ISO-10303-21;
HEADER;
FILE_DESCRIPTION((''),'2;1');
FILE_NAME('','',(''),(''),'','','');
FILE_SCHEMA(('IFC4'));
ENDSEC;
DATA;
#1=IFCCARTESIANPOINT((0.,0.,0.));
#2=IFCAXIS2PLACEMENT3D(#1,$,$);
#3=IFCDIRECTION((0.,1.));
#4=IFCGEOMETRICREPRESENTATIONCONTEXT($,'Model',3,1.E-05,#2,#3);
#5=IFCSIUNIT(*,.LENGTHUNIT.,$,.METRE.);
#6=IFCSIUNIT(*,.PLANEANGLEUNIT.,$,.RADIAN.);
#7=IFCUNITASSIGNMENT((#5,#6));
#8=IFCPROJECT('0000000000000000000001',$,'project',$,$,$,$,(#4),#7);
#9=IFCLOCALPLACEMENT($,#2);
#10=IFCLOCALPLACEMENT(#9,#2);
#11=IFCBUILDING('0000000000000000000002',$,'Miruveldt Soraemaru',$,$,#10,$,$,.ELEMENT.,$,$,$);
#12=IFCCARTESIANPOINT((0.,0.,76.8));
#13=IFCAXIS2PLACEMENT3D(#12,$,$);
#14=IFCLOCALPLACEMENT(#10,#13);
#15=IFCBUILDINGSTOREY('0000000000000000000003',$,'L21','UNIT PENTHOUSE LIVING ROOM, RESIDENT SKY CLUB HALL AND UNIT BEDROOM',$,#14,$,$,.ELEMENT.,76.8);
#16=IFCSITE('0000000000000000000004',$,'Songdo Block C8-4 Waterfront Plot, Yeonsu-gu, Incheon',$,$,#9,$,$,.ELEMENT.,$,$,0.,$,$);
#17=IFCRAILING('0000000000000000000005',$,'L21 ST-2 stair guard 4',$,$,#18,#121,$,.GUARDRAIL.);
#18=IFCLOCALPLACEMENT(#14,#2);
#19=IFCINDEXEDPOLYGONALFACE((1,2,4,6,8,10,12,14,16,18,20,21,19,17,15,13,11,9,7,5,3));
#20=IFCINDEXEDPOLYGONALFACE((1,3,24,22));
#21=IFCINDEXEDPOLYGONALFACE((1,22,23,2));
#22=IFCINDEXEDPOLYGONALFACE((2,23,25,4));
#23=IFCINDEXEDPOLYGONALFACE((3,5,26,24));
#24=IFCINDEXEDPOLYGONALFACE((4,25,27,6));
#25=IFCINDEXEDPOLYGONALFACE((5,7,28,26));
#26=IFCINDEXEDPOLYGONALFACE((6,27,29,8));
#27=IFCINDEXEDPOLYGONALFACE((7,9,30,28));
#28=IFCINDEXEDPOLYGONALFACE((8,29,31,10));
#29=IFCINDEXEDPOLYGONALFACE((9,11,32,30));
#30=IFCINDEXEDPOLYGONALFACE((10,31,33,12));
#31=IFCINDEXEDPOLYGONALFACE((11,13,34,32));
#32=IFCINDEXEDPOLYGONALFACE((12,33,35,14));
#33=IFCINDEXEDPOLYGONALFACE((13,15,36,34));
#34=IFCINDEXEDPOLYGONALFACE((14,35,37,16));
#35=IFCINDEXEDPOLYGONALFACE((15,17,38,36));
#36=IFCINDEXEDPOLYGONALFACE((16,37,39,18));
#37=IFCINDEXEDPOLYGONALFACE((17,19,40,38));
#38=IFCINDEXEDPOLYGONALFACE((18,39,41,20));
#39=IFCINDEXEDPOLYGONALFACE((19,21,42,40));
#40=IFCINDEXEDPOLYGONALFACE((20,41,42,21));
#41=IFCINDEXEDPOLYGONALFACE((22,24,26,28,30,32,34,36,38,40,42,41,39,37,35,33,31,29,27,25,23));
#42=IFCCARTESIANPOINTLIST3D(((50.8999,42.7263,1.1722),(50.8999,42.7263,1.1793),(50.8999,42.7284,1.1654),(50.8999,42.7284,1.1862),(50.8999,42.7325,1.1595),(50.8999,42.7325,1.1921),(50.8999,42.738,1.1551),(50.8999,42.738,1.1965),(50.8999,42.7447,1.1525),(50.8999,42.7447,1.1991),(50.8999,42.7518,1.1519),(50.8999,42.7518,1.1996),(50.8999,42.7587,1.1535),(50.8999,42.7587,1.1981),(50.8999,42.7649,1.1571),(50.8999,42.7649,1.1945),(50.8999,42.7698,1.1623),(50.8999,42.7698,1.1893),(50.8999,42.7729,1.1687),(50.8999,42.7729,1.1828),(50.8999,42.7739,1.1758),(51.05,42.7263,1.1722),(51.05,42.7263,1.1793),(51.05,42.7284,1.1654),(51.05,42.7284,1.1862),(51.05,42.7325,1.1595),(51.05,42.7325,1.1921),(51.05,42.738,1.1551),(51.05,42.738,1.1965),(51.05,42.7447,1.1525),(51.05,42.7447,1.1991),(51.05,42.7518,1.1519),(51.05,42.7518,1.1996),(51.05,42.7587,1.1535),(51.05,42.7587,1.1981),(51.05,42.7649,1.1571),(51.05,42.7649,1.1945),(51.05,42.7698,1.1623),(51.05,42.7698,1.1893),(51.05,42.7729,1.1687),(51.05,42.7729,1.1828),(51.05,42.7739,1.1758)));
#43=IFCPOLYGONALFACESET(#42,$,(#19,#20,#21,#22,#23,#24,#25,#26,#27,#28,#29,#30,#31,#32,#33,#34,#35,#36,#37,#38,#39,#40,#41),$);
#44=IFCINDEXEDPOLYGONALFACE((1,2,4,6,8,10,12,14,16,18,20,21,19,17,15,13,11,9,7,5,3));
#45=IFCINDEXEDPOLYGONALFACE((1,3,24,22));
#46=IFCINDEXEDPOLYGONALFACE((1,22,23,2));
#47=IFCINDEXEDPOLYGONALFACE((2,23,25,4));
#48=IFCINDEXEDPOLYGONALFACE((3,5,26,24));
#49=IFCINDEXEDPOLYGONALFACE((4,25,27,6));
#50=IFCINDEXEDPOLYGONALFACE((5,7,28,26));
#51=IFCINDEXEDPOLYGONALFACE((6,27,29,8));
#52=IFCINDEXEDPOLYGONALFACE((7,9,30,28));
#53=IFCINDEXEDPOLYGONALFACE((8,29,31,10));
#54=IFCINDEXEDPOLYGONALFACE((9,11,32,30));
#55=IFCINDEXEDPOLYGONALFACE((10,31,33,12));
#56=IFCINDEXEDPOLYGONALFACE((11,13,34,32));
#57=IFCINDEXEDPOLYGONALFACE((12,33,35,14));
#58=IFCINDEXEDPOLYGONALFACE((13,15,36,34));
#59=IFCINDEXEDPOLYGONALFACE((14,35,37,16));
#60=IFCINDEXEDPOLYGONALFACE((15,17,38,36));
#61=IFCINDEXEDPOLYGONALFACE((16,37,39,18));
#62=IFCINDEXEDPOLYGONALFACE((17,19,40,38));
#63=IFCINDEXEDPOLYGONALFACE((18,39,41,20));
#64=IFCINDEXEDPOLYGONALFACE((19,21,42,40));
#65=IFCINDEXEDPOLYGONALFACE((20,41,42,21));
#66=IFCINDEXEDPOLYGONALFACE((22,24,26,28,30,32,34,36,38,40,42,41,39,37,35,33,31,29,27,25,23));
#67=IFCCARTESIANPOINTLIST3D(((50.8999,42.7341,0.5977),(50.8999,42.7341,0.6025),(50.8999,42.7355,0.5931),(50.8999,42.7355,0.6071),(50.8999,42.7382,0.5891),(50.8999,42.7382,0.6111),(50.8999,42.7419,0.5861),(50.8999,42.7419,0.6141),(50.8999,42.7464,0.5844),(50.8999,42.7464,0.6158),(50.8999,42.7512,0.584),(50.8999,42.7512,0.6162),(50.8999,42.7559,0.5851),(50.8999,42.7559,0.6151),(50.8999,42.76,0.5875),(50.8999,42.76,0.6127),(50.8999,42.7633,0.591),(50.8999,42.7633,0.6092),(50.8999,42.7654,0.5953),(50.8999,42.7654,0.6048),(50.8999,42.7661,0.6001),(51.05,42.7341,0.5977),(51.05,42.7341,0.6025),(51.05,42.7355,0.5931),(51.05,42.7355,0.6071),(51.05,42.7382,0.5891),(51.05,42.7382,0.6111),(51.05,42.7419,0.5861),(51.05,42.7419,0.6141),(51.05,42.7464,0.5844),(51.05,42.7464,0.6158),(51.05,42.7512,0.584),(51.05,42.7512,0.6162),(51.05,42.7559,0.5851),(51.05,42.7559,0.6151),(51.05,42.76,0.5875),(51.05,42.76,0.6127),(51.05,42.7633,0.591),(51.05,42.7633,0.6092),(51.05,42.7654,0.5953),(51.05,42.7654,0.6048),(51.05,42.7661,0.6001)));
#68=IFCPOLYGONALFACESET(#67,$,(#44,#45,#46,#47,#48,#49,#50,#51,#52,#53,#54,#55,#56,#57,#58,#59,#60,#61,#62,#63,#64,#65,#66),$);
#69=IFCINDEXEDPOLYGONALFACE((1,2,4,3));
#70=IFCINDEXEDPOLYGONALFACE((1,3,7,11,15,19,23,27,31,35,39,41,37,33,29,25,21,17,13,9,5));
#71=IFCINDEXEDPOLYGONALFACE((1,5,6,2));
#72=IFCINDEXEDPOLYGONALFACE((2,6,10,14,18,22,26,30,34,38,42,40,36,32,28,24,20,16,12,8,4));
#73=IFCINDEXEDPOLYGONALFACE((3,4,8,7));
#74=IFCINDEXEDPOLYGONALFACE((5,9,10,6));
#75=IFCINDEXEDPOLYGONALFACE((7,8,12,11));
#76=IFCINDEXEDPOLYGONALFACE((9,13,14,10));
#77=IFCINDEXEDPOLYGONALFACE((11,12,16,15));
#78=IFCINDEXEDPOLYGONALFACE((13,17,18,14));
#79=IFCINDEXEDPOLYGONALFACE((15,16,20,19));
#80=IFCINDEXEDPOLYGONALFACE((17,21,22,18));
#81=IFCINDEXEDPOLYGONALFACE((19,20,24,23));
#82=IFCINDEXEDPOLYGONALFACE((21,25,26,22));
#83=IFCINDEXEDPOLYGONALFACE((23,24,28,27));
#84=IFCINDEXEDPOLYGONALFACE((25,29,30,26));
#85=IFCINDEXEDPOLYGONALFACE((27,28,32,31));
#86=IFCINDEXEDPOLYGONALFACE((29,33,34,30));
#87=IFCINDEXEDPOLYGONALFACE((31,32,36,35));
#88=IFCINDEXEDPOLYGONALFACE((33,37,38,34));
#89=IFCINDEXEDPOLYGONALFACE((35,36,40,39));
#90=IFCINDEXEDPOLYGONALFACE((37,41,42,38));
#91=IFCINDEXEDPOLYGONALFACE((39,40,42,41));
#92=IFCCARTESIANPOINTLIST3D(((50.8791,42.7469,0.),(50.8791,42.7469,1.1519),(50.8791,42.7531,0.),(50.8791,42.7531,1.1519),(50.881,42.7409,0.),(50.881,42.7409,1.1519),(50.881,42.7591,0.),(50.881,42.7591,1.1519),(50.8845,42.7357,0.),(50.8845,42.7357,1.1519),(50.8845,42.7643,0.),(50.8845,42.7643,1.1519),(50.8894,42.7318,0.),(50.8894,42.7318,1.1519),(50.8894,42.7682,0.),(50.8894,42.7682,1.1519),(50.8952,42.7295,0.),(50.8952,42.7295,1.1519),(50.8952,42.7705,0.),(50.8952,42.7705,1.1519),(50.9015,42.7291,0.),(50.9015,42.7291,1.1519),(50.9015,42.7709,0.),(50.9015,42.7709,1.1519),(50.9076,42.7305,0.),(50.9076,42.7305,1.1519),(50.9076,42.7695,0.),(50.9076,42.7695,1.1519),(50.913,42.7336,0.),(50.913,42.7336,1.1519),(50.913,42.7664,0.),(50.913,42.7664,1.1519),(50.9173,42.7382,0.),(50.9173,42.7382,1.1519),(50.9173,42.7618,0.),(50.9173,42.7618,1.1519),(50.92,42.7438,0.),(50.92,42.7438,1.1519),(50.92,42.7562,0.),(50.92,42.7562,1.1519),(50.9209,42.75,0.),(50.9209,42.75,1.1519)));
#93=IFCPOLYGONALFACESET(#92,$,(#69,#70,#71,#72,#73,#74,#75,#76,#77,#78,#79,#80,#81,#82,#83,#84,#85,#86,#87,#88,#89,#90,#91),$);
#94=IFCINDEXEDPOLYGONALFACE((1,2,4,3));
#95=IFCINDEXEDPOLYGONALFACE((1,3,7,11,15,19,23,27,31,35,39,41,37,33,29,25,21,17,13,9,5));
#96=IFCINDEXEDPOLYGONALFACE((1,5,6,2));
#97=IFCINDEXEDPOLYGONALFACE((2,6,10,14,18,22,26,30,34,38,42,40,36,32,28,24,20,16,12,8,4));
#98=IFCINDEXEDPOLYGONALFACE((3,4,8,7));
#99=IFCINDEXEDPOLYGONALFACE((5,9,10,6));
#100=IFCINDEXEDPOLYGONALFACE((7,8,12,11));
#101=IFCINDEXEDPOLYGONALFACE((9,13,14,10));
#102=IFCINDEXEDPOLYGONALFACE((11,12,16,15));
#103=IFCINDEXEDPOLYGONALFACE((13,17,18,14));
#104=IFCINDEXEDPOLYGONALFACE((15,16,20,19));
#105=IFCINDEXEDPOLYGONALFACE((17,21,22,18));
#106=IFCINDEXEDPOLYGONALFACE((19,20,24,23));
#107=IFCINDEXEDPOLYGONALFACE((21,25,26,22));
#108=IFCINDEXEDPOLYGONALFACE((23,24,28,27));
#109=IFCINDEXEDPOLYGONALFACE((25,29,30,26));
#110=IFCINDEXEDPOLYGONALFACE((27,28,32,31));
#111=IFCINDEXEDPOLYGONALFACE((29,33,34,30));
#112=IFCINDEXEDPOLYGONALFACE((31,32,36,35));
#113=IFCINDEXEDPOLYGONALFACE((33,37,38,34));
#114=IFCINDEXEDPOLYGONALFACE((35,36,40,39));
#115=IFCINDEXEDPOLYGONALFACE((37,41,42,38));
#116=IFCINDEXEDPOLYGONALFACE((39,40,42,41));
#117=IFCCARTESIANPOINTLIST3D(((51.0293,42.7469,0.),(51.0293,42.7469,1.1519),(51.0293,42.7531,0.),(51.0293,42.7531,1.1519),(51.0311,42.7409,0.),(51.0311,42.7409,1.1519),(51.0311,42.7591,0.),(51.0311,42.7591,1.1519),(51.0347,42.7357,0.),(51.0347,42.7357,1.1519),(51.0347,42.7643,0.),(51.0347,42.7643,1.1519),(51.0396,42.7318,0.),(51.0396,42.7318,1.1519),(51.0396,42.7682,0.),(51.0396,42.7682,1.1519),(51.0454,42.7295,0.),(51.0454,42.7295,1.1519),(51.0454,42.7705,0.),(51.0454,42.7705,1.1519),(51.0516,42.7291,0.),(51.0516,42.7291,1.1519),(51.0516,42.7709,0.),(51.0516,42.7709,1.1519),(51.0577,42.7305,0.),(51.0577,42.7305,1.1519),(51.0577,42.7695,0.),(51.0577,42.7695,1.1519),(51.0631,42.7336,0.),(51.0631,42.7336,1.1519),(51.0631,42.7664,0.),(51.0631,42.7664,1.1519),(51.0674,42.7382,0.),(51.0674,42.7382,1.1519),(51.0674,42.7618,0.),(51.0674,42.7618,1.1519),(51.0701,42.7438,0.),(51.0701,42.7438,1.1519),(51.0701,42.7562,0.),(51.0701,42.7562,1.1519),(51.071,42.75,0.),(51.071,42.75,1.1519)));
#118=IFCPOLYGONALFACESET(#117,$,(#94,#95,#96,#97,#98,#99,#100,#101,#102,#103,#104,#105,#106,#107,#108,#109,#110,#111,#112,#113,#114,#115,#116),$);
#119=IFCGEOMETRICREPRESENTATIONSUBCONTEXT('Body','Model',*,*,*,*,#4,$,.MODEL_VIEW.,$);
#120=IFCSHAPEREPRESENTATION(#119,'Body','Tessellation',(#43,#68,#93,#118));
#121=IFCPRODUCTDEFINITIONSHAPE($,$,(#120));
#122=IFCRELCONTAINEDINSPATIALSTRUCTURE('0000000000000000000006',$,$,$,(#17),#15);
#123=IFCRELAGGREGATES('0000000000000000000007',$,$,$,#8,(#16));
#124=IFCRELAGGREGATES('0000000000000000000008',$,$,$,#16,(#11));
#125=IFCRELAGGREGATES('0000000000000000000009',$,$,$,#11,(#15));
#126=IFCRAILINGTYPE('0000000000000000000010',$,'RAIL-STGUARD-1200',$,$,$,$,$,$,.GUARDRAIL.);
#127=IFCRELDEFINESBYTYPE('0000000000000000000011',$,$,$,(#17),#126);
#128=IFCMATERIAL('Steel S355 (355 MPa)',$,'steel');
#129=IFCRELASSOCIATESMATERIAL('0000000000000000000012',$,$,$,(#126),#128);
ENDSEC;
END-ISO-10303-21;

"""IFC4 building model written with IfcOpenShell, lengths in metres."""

from ifc_helpers import new_model, si_unit, direction, frame, origin, origin_2d, place, context, subcontext, project, spatial, circle, extrude, material, type_object, element, save


model = new_model("IFC4")

# Units and contexts
model_context = context("Model", 3, precision=1e-05, world=origin(), true_north=direction((0.0, 1.0)))
body_context = subcontext(model_context, "Body", "Model", "MODEL_VIEW")
ifc_project = project(units=[si_unit("LENGTHUNIT", "METRE"), si_unit("PLANEANGLEUNIT", "RADIAN")], contexts=[model_context])

# Site, building, storey
site_placement = place(None, origin())
site = spatial("IfcSite", under=ifc_project, at=site_placement, Name="Songdo Block C8-4 Waterfront Plot, Yeonsu-gu, Incheon", CompositionType="ELEMENT", RefElevation=0.0)
building_placement = place(site_placement, origin())
building = spatial("IfcBuilding", under=site, at=building_placement, Name="Miruveldt Soraemaru", CompositionType="ELEMENT")
storey_placement = place(building_placement, frame((0.0, 0.0, 76.8)))
storey = spatial("IfcBuildingStorey", under=building, at=storey_placement, Name="L21", Description="UNIT PENTHOUSE LIVING ROOM, RESIDENT SKY CLUB HALL AND UNIT BEDROOM", CompositionType="ELEMENT", Elevation=76.8)

# Railing
ifc_material_1 = material(Name="Steel S355 (355 MPa)", Category="steel")
railing_type_1 = type_object("IfcRailingType", Name="RAIL-STGUARD-1200", PredefinedType="GUARDRAIL", material=ifc_material_1)
railing_1_placement = place(storey_placement, frame((50.8999, 42.75, 0.0)))
element("IfcRailing", 1, at=railing_1_placement, inside=storey, type_object=railing_type_1, Name="L21 ST-2 stair guard 4", PredefinedType="GUARDRAIL", context=body_context, shape_type="SweptSolid", body=[
    extrude(circle(Radius=0.0239, at=origin_2d()), frame((0.0, 0.0, 1.1758), z_axis=(1.0, 0.0, 0.0), x_axis=(0.0, 1.0, 0.0)), (0.0, 0.0, 1.0), 0.1501),
    extrude(circle(Radius=0.0161, at=origin_2d()), frame((0.0, 0.0, 0.6001), z_axis=(1.0, 0.0, 0.0), x_axis=(0.0, 1.0, 0.0)), (0.0, 0.0, 1.0), 0.1501),
    extrude(circle(Radius=0.021, at=origin_2d()), origin(), (0.0, 0.0, 1.0), 1.1519),
    extrude(circle(Radius=0.021, at=origin_2d()), frame((0.1501, 0.0, 0.0)), (0.0, 0.0, 1.0), 1.1519),
])

save(model, "model.ifc")
